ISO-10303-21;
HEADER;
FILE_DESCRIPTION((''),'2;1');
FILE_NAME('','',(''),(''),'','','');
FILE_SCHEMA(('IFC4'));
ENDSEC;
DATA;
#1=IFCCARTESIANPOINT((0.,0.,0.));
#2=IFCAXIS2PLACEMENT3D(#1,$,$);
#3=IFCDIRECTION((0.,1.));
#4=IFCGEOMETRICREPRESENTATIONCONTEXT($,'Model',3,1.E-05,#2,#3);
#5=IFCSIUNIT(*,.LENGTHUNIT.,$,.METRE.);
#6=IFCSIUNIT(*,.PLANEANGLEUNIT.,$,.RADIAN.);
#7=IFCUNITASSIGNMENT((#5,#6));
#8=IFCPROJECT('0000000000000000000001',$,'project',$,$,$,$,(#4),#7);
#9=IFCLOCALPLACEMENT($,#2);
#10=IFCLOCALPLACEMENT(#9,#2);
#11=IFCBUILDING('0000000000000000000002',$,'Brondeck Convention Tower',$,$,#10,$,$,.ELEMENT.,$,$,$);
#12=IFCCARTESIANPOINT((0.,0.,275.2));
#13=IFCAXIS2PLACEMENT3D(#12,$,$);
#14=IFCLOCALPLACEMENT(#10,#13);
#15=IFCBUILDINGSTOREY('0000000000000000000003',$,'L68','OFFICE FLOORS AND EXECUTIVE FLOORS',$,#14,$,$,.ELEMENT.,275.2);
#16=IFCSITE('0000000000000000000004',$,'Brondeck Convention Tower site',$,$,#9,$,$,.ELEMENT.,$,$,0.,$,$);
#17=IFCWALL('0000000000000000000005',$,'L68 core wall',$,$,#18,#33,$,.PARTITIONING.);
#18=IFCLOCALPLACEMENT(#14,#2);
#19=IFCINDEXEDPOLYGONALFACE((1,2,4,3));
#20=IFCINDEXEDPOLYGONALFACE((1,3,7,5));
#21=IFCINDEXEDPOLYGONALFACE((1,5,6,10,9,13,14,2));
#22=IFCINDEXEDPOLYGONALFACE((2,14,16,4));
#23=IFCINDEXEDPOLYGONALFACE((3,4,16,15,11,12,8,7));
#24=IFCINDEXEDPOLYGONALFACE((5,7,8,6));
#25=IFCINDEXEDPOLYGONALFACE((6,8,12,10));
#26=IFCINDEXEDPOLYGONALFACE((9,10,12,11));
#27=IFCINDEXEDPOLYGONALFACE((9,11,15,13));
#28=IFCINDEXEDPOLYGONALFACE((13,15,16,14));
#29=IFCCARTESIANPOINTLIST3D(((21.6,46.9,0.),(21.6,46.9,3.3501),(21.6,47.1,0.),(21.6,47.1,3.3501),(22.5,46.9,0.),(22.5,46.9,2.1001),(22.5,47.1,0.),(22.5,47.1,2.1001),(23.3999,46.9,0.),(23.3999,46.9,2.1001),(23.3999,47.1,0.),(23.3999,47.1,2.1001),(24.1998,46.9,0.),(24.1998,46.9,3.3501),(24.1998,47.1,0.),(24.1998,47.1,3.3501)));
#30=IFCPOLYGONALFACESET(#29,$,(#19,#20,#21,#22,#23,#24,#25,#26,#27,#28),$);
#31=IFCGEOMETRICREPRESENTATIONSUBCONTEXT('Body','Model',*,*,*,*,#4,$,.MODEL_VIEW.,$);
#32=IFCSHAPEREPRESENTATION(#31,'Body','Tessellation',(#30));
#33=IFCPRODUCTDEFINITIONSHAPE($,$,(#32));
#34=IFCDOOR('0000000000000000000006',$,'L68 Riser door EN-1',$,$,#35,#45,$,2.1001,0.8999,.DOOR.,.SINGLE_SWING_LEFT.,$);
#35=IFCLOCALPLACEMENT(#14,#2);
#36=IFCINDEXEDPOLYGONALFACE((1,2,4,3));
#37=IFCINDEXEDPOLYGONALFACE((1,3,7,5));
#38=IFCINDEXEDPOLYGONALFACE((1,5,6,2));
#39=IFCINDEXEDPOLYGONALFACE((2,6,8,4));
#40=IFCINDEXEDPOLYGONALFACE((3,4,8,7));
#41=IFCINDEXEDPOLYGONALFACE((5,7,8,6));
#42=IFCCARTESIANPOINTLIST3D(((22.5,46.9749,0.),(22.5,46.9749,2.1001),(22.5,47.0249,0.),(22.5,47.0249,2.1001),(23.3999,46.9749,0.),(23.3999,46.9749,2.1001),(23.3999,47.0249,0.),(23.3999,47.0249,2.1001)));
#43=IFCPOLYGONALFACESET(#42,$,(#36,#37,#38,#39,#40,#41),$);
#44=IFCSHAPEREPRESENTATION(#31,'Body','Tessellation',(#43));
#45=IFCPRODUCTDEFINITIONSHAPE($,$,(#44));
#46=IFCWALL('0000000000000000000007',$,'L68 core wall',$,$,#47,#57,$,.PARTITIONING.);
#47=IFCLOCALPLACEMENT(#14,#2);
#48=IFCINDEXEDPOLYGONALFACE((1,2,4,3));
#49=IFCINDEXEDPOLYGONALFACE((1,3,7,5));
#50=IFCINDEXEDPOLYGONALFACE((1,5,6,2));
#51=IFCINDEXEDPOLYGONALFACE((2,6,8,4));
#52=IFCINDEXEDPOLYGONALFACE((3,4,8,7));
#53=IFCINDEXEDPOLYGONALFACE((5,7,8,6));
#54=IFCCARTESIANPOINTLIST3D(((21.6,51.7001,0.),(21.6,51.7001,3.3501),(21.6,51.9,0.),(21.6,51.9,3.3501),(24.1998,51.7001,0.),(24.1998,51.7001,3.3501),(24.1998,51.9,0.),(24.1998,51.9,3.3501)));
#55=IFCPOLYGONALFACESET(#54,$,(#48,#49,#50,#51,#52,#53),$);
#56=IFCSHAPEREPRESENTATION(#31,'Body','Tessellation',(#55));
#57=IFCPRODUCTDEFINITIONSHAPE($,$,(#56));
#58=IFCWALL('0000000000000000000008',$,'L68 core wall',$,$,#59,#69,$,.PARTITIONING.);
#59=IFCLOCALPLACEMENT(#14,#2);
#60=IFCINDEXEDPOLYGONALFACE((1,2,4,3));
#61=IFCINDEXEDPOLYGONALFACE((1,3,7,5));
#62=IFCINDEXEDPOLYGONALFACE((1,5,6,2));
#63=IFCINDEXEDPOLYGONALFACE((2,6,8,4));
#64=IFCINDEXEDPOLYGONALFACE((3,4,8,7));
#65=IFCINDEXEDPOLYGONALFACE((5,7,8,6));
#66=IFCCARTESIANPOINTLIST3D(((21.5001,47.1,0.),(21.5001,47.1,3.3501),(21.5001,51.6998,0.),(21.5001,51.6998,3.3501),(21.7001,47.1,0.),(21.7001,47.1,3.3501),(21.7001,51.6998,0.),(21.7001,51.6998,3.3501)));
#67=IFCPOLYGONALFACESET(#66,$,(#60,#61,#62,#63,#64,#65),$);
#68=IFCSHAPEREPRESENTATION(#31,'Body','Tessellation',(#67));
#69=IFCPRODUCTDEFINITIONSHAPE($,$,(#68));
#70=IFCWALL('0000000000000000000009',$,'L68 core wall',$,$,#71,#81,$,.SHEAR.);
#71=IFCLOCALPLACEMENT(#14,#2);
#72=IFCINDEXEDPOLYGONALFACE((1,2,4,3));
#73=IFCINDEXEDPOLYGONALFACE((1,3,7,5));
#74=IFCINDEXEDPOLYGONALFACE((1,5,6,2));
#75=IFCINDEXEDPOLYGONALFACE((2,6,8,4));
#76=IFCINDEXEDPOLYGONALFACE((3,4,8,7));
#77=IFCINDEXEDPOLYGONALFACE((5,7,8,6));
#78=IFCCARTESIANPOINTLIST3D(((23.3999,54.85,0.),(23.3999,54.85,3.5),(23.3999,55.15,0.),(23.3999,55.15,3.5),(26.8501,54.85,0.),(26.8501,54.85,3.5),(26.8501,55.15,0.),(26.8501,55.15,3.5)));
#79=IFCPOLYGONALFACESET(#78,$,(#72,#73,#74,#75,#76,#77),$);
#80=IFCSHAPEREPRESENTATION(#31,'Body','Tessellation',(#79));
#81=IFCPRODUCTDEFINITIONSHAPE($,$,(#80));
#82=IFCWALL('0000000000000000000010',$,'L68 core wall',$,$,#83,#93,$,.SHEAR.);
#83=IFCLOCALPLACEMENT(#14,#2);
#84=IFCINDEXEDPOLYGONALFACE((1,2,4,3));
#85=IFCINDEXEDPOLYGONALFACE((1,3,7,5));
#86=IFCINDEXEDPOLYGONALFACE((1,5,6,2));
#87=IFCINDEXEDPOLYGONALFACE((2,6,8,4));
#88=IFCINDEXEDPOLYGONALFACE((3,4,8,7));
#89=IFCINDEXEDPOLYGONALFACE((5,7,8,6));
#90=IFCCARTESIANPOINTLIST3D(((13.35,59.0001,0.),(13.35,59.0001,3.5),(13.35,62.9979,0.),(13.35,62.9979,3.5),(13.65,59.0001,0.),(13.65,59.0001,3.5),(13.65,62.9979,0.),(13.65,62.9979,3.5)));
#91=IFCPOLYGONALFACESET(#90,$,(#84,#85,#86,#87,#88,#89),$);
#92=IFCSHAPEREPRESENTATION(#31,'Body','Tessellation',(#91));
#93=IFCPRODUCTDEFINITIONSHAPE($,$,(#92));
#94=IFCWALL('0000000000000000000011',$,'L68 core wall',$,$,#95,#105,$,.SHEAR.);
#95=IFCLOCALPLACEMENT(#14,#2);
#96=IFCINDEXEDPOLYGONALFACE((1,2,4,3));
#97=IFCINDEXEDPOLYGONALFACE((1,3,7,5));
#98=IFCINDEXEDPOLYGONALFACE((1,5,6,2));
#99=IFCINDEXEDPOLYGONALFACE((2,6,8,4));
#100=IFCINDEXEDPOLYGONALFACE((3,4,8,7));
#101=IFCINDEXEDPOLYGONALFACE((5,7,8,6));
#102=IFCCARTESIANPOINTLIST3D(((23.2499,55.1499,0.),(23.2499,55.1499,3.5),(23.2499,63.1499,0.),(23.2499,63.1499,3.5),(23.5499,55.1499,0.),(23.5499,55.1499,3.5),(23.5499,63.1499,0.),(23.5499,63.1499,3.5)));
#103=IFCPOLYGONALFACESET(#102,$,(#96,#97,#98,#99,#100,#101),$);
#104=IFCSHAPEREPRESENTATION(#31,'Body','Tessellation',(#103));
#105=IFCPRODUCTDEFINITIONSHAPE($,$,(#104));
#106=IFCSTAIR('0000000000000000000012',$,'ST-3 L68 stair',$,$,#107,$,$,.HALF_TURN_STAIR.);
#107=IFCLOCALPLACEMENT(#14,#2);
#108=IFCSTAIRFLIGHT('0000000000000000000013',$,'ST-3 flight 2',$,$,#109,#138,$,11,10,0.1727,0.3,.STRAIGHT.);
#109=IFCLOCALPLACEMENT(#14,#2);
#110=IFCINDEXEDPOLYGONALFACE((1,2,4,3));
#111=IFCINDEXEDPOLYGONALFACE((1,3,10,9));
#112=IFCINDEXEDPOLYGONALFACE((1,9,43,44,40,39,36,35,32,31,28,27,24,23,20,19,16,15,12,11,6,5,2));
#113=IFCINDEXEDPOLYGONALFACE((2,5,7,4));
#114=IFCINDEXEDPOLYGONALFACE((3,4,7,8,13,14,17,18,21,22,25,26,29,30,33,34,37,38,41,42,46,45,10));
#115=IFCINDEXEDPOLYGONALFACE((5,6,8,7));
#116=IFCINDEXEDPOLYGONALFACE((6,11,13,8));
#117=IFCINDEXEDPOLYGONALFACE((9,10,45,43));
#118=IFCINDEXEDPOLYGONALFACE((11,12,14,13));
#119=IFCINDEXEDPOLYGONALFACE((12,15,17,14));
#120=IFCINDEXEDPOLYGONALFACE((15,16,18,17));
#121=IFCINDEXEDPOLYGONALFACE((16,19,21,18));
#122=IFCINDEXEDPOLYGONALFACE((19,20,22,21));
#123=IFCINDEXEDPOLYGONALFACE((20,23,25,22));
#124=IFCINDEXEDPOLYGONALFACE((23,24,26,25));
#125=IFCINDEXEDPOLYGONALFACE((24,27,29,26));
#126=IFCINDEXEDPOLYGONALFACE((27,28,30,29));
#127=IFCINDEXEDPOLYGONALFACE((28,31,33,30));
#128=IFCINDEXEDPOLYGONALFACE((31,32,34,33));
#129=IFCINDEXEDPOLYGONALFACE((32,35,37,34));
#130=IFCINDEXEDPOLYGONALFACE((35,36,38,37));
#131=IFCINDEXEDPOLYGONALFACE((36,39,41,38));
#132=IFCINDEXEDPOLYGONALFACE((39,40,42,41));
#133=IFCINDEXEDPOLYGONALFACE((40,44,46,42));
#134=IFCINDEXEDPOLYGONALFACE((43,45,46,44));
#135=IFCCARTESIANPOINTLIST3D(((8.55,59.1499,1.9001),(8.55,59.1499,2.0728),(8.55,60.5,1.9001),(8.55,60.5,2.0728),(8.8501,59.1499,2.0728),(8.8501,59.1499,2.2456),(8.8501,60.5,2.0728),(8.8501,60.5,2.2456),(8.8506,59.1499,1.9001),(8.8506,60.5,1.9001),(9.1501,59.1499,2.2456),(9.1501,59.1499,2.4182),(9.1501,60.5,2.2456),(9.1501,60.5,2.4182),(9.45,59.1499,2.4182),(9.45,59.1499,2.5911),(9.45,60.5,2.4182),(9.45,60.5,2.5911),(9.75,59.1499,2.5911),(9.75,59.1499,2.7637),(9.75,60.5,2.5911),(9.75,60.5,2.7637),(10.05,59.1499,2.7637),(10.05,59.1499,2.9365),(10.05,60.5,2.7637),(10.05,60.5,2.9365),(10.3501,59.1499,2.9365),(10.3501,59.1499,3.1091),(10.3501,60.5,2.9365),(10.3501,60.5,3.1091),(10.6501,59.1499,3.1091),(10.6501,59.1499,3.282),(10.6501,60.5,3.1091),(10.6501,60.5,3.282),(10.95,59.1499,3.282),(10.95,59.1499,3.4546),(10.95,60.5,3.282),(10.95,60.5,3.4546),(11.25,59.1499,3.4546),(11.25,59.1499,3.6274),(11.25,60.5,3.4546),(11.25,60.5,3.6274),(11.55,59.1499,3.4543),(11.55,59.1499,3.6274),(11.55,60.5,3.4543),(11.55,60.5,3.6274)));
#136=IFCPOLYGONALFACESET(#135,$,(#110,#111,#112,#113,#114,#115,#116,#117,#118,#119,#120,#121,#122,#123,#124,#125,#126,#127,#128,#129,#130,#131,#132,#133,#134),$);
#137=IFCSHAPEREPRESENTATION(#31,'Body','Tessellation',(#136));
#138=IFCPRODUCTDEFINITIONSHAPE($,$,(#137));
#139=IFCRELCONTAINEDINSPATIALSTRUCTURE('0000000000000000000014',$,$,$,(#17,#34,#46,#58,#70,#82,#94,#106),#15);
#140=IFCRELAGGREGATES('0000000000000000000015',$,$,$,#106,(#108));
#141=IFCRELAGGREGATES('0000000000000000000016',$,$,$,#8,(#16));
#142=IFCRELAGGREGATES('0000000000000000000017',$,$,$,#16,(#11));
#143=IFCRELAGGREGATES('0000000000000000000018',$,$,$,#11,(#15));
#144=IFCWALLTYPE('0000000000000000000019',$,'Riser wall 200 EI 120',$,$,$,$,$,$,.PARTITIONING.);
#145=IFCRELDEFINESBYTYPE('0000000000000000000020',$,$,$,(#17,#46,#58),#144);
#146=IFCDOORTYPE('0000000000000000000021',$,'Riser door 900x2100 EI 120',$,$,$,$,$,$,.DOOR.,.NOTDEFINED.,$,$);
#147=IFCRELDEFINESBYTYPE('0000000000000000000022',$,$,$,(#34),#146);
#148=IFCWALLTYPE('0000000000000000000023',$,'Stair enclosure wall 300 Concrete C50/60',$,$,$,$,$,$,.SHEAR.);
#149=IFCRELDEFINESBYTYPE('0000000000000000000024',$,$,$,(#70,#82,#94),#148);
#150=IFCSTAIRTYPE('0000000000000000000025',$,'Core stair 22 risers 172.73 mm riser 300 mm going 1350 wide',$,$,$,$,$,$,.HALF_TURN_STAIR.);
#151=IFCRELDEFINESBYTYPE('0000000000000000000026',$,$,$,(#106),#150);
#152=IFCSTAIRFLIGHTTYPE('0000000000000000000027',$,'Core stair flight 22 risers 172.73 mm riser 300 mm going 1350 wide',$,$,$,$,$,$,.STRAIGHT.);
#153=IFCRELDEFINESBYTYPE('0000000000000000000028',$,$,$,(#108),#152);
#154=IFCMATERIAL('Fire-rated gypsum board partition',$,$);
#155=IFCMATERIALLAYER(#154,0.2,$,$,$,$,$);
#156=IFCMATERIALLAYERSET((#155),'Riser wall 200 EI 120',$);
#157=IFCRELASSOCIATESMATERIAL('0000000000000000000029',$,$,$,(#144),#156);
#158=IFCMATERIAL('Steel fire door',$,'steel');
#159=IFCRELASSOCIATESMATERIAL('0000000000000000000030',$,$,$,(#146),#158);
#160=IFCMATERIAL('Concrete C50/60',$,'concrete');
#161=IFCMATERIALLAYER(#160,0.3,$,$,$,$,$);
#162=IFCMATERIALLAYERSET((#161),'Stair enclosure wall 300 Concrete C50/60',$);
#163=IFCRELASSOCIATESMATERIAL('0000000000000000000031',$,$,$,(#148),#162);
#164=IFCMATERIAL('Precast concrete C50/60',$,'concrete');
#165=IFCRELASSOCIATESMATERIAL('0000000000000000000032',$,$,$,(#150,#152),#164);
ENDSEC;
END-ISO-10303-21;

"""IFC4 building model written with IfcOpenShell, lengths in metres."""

from ifc_helpers import new_model, si_unit, direction, frame, frame_2d, origin, place, context, subcontext, project, spatial, polyline, rectangle, outline, extrude, material, layer, layer_set, type_object, element, fill, aggregate, save


model = new_model("IFC4")

# Units and contexts
model_context = context("Model", 3, precision=1e-05, world=origin(), true_north=direction((0.0, 1.0)))
body_context = subcontext(model_context, "Body", "Model", "MODEL_VIEW")
ifc_project = project(units=[si_unit("LENGTHUNIT", "METRE"), si_unit("PLANEANGLEUNIT", "RADIAN")], contexts=[model_context])

# Site, building, storey
site_placement = place(None, origin())
site = spatial("IfcSite", under=ifc_project, at=site_placement, Name="Brondeck Convention Tower site", CompositionType="ELEMENT", RefElevation=0.0)
building_placement = place(site_placement, origin())
building = spatial("IfcBuilding", under=site, at=building_placement, Name="Brondeck Convention Tower", CompositionType="ELEMENT")
storey_placement = place(building_placement, frame((0.0, 0.0, 275.2)))
storey = spatial("IfcBuildingStorey", under=building, at=storey_placement, Name="L68", Description="OFFICE FLOORS AND EXECUTIVE FLOORS", CompositionType="ELEMENT", Elevation=275.2)

# Shared definitions
ifc_material_1 = material(Name="Fire-rated gypsum board partition")

# Shared definitions
ifc_material_2 = material(Name="Steel fire door", Category="steel")

# Shared definitions
ifc_material_3 = material(Name="Concrete C50/60", Category="concrete")

# Wall, opening, door
ifc_layer_1 = layer(ifc_material_1, 0.2)
ifc_layer_set_1 = layer_set([ifc_layer_1], Name="Riser wall 200 EI 120")
wall_type_1 = type_object("IfcWallType", Name="Riser wall 200 EI 120", PredefinedType="PARTITIONING", material=ifc_layer_set_1)
wall_1_placement = place(storey_placement, frame((21.6001, 47.0, 0.0), z_axis=(0.0, 0.0, 1.0), x_axis=(1.0, 0.0, 0.0)))
wall_1 = element("IfcWall", 1, at=wall_1_placement, inside=storey, type_object=wall_type_1, Name="L68 core wall", PredefinedType="PARTITIONING", context=body_context, shape_type="SweptSolid", body=[
    extrude(rectangle(XDim=2.5999, YDim=0.2, at=frame_2d((1.2998, 0.0))), origin(), (0.0, 0.0, 1.0), 3.3501),
])
opening_1_placement = place(wall_1_placement, frame((0.8999, 0.0, 0.0)))
opening_1 = element("IfcOpeningElement", 2, at=opening_1_placement, cuts=wall_1, PredefinedType="OPENING", context=body_context, shape_type="SweptSolid", body=[
    extrude(rectangle(XDim=0.8999, YDim=2.1001, at=frame_2d((0.45, 1.05))), frame((0.0, 0.1099, 0.0), z_axis=(0.0, -1.0, 0.0), x_axis=(1.0, 0.0, 0.0)), (0.0, 0.0, 1.0), 0.22),
])
door_type_1 = type_object("IfcDoorType", Name="Riser door 900x2100 EI 120", OperationType="NOTDEFINED", PredefinedType="DOOR", material=ifc_material_2)
door_1_placement = place(opening_1_placement, origin())
door_1 = element("IfcDoor", 3, at=door_1_placement, inside=storey, type_object=door_type_1, Name="L68 Riser door EN-1", OperationType="SINGLE_SWING_LEFT", OverallHeight=2.1001, OverallWidth=0.8999, PredefinedType="DOOR", context=body_context, shape_type="SweptSolid", body=[
    extrude(rectangle(XDim=0.8999, YDim=2.1001, at=frame_2d((0.45, 1.05))), frame((0.0, 0.0249, 0.0), z_axis=(0.0, -1.0, 0.0), x_axis=(1.0, 0.0, 0.0)), (0.0, 0.0, 1.0), 0.05),
])
fill(opening_1, door_1)

# Walls
wall_2_placement = place(storey_placement, frame((21.6001, 51.8, 0.0), z_axis=(0.0, 0.0, 1.0), x_axis=(1.0, 0.0, 0.0)))
element("IfcWall", 4, at=wall_2_placement, inside=storey, type_object=wall_type_1, Name="L68 core wall", PredefinedType="PARTITIONING", context=body_context, shape_type="SweptSolid", body=[
    extrude(rectangle(XDim=2.5999, YDim=0.2, at=frame_2d((1.2998, 0.0))), origin(), (0.0, 0.0, 1.0), 3.3501),
])
wall_3_placement = place(storey_placement, frame((21.6001, 47.1001, 0.0), z_axis=(0.0, 0.0, 1.0), x_axis=(0.0, 1.0, 0.0)))
element("IfcWall", 5, at=wall_3_placement, inside=storey, type_object=wall_type_1, Name="L68 core wall", PredefinedType="PARTITIONING", context=body_context, shape_type="SweptSolid", body=[
    extrude(rectangle(XDim=4.5999, YDim=0.2, at=frame_2d((2.2998, 0.0))), origin(), (0.0, 0.0, 1.0), 3.3501),
])
ifc_layer_2 = layer(ifc_material_3, 0.3)
ifc_layer_set_2 = layer_set([ifc_layer_2], Name="Stair enclosure wall 300 Concrete C50/60")
wall_type_2 = type_object("IfcWallType", Name="Stair enclosure wall 300 Concrete C50/60", PredefinedType="SHEAR", material=ifc_layer_set_2)
wall_4_placement = place(storey_placement, frame((23.3999, 55.0, 0.0), z_axis=(0.0, 0.0, 1.0), x_axis=(1.0, 0.0, 0.0)))
element("IfcWall", 6, at=wall_4_placement, inside=storey, type_object=wall_type_2, Name="L68 core wall", PredefinedType="SHEAR", context=body_context, shape_type="SweptSolid", body=[
    extrude(rectangle(XDim=3.4502, YDim=0.3, at=frame_2d((1.7251, 0.0))), origin(), (0.0, 0.0, 1.0), 3.5),
])
wall_5_placement = place(storey_placement, frame((13.5, 59.0, 0.0), z_axis=(0.0, 0.0, 1.0), x_axis=(0.0, 1.0, 0.0)))
element("IfcWall", 7, at=wall_5_placement, inside=storey, type_object=wall_type_2, Name="L68 core wall", PredefinedType="SHEAR", context=body_context, shape_type="SweptSolid", body=[
    extrude(rectangle(XDim=3.9978, YDim=0.3, at=frame_2d((1.999, 0.0))), origin(), (0.0, 0.0, 1.0), 3.5),
])
wall_6_placement = place(storey_placement, frame((23.3999, 55.1499, 0.0), z_axis=(0.0, 0.0, 1.0), x_axis=(0.0, 1.0, 0.0)))
element("IfcWall", 8, at=wall_6_placement, inside=storey, type_object=wall_type_2, Name="L68 core wall", PredefinedType="SHEAR", context=body_context, shape_type="SweptSolid", body=[
    extrude(rectangle(XDim=8.0, YDim=0.3, at=frame_2d((4.0, 0.0))), origin(), (0.0, 0.0, 1.0), 3.5),
])

# Stair, stair flight
ifc_material_4 = material(Name="Precast concrete C50/60", Category="concrete")
stair_type = type_object("IfcStairType", Name="Core stair 22 risers 172.73 mm riser 300 mm going 1350 wide", PredefinedType="HALF_TURN_STAIR", material=ifc_material_4)
stair_placement = place(storey_placement, origin())
stair = element("IfcStair", 9, at=stair_placement, inside=storey, type_object=stair_type, Name="ST-3 L68 stair", PredefinedType="HALF_TURN_STAIR")
stair_flight_type = type_object("IfcStairFlightType", Name="Core stair flight 22 risers 172.73 mm riser 300 mm going 1350 wide", PredefinedType="STRAIGHT", material=ifc_material_4)
stair_flight_placement = place(storey_placement, frame((8.55, 59.825, 1.9001), z_axis=(0.0, 0.0, 1.0), x_axis=(1.0, 0.0, 0.0)))
stair_flight = element("IfcStairFlight", 10, at=stair_flight_placement, type_object=stair_flight_type, Name="ST-3 flight 2", NumberOfRisers=11, NumberOfTreads=10, PredefinedType="STRAIGHT", RiserHeight=0.1727, TreadLength=0.3, context=body_context, shape_type="SweptSolid", body=[
    extrude(outline(polyline([(0.0, 0.0), (0.0, 0.1726), (0.3, 0.1726), (0.3, 0.3455), (0.6001, 0.3455), (0.6001, 0.5181), (0.8999, 0.5181), (0.8999, 0.6909), (1.2, 0.6909), (1.2, 0.8635), (1.5, 0.8635), (1.5, 1.0364), (1.8, 1.0364), (1.8, 1.209), (2.1001, 1.209), (2.1001, 1.3818), (2.3999, 1.3818), (2.3999, 1.5544), (2.7, 1.5544), (2.7, 1.7273), (3.0, 1.7273), (3.0, 1.8999), (3.0, 1.5542), (0.3005, 0.0), (0.0, 0.0)])), frame((0.0, 0.675, 0.0), z_axis=(0.0, -1.0, 0.0), x_axis=(1.0, 0.0, 0.0)), (0.0, 0.0, 1.0), 1.3501),
])
aggregate(stair, [stair_flight])

save(model, "model.ifc")
